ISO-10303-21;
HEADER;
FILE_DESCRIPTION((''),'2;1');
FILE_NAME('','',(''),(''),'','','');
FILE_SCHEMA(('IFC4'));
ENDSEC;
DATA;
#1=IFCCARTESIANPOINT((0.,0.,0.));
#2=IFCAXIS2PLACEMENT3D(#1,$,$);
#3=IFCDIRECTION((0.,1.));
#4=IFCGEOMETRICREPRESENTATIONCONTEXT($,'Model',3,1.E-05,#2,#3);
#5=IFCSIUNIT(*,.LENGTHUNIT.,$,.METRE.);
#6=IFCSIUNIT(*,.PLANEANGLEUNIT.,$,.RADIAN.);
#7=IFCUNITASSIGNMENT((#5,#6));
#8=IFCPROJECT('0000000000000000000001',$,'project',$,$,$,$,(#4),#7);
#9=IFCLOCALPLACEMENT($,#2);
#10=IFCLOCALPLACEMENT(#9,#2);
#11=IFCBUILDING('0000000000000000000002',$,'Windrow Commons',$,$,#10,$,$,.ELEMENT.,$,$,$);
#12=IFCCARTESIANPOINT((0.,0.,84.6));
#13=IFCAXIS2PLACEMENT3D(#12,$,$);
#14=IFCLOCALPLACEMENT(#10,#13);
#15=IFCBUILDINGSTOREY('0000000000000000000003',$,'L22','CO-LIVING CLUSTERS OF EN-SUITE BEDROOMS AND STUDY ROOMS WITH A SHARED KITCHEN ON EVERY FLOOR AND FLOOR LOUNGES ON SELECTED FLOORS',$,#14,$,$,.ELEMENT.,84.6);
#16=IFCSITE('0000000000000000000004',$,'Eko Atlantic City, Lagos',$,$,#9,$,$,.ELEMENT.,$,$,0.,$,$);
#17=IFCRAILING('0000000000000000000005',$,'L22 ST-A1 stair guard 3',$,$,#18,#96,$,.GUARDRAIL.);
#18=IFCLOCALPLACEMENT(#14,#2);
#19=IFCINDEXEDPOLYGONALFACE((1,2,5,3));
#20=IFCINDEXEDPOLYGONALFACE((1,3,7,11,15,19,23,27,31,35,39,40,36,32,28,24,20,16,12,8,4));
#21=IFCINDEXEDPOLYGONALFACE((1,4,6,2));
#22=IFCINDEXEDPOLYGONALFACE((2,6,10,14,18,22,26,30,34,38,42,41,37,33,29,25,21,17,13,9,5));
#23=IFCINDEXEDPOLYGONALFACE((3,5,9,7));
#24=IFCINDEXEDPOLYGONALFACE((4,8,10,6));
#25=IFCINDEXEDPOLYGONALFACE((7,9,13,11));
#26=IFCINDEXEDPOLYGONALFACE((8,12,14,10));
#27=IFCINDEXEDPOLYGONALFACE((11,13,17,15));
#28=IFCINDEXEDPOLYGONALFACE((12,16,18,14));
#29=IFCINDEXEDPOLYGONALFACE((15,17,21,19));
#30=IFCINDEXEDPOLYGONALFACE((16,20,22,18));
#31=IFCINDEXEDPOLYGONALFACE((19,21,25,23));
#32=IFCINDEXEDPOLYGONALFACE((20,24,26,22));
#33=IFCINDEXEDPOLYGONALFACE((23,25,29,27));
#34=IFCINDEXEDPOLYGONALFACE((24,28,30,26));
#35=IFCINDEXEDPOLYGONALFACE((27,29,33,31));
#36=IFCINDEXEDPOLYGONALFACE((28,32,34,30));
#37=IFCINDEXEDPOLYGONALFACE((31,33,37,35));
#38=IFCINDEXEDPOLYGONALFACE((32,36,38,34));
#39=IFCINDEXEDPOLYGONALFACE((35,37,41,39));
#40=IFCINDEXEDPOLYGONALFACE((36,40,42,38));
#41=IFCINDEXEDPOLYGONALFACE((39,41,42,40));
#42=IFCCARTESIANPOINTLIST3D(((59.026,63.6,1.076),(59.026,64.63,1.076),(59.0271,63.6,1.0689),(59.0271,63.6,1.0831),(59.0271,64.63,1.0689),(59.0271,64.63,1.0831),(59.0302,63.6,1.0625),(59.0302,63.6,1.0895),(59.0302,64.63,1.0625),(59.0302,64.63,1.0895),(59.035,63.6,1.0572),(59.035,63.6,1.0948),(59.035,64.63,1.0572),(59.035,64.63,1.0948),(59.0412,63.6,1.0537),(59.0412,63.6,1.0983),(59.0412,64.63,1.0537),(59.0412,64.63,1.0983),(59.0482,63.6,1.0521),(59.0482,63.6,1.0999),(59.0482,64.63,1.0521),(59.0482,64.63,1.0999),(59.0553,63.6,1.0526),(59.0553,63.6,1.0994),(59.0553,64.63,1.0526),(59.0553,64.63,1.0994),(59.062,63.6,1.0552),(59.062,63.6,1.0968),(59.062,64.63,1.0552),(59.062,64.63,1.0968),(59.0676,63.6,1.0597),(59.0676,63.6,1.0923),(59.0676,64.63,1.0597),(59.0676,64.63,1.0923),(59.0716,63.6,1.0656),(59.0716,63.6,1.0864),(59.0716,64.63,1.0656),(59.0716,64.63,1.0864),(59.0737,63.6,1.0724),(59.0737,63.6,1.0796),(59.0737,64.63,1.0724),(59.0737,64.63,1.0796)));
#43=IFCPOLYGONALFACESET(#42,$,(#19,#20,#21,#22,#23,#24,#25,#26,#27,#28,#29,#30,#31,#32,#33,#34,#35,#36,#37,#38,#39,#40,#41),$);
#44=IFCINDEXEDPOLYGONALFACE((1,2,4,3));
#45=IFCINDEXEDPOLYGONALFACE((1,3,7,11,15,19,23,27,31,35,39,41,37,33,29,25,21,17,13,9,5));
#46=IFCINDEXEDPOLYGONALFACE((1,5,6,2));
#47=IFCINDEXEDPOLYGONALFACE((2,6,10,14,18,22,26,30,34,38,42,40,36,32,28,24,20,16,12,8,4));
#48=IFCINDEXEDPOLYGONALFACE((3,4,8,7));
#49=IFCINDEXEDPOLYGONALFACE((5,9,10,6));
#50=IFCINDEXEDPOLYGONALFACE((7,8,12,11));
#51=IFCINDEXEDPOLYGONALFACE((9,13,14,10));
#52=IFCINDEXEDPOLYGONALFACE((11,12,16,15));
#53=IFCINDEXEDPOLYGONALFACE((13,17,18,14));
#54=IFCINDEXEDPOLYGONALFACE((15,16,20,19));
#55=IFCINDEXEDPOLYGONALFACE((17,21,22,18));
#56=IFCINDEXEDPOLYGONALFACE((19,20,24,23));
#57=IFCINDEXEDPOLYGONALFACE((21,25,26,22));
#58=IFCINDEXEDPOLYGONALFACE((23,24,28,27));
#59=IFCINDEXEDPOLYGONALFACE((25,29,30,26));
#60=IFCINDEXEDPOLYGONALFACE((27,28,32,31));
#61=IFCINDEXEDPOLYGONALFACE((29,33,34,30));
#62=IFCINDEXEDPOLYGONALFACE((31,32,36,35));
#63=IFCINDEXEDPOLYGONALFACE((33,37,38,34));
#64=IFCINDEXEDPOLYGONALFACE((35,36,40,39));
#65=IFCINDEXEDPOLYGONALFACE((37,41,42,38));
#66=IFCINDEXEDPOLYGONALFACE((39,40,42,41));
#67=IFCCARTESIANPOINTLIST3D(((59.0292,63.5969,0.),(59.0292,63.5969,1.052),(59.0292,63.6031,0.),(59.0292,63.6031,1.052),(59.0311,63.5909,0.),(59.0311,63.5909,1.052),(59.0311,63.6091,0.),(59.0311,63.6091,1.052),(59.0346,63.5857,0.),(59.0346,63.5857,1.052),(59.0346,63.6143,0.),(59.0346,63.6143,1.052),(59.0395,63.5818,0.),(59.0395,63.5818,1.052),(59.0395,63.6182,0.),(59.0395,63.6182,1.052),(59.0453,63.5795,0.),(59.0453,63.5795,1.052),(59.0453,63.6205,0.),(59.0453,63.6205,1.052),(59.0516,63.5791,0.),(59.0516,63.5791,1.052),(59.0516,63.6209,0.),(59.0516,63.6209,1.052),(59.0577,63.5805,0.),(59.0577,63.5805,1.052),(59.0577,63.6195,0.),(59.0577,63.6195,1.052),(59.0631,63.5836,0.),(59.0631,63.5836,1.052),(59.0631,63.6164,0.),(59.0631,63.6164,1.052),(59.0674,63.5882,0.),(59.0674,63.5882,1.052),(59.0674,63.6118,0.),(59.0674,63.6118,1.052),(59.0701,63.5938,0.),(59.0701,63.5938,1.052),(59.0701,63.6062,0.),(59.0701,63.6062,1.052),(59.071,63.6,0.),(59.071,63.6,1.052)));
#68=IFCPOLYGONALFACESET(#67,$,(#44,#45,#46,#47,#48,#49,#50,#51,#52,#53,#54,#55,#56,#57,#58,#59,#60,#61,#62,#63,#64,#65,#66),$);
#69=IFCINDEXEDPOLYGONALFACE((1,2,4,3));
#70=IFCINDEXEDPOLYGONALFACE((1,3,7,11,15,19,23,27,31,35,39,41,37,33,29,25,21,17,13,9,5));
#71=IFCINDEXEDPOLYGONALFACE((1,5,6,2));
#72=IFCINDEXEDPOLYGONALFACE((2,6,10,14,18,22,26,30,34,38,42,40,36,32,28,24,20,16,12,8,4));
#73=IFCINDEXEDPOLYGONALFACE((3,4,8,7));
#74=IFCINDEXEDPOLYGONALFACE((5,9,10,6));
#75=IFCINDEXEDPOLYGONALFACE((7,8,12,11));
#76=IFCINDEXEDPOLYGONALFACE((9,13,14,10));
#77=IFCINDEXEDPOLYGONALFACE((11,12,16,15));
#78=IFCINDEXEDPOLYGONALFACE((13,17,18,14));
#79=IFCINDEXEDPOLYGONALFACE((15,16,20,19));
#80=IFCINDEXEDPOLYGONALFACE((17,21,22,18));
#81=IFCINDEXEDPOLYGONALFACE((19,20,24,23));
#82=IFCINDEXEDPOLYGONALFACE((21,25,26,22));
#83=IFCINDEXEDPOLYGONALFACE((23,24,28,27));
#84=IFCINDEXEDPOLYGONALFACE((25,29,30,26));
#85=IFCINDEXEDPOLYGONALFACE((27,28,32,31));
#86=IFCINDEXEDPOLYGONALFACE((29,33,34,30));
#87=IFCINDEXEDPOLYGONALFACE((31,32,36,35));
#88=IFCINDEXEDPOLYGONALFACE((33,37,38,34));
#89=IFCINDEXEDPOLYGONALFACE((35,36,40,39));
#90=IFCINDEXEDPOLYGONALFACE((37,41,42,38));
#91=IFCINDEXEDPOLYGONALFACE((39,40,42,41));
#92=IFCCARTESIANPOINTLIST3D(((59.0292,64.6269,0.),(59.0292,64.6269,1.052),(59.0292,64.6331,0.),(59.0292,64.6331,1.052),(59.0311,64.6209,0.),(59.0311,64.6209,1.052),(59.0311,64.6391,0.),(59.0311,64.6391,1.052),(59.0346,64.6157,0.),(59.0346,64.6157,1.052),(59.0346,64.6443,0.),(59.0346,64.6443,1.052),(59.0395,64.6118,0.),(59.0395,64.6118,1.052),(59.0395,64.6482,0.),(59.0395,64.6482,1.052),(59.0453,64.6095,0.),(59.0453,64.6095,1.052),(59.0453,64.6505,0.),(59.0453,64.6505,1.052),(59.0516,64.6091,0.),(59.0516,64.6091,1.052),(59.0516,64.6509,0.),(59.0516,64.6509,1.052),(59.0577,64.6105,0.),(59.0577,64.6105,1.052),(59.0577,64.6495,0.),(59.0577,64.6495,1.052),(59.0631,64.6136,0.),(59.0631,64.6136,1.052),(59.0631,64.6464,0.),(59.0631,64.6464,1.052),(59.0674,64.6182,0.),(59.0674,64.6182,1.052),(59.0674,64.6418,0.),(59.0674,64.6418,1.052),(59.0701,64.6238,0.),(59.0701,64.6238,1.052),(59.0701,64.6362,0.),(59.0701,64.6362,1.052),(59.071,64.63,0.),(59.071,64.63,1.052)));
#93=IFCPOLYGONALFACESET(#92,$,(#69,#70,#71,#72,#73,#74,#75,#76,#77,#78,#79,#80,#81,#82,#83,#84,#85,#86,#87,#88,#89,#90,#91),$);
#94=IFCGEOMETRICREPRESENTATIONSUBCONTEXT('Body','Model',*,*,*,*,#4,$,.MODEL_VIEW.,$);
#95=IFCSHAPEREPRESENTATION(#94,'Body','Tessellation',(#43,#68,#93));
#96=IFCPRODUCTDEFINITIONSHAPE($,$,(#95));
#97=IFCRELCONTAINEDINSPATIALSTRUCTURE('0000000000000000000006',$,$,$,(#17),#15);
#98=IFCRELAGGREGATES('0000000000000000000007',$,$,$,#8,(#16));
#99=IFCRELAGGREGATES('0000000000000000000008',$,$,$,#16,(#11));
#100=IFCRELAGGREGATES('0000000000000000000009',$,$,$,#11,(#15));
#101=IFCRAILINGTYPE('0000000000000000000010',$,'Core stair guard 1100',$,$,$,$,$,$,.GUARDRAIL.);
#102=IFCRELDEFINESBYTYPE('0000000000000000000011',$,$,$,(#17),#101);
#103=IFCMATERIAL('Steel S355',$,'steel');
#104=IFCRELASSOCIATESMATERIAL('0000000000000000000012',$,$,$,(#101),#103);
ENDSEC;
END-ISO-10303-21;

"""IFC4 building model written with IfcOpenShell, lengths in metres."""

from ifc_helpers import new_model, si_unit, direction, frame, origin, origin_2d, place, context, subcontext, project, spatial, circle, extrude, material, type_object, element, save


model = new_model("IFC4")

# Units and contexts
model_context = context("Model", 3, precision=1e-05, world=origin(), true_north=direction((0.0, 1.0)))
body_context = subcontext(model_context, "Body", "Model", "MODEL_VIEW")
ifc_project = project(units=[si_unit("LENGTHUNIT", "METRE"), si_unit("PLANEANGLEUNIT", "RADIAN")], contexts=[model_context])

# Site, building, storey
site_placement = place(None, origin())
site = spatial("IfcSite", under=ifc_project, at=site_placement, Name="Eko Atlantic City, Lagos", CompositionType="ELEMENT", RefElevation=0.0)
building_placement = place(site_placement, origin())
building = spatial("IfcBuilding", under=site, at=building_placement, Name="Windrow Commons", CompositionType="ELEMENT")
storey_placement = place(building_placement, frame((0.0, 0.0, 84.6)))
storey = spatial("IfcBuildingStorey", under=building, at=storey_placement, Name="L22", Description="CO-LIVING CLUSTERS OF EN-SUITE BEDROOMS AND STUDY ROOMS WITH A SHARED KITCHEN ON EVERY FLOOR AND FLOOR LOUNGES ON SELECTED FLOORS", CompositionType="ELEMENT", Elevation=84.6)

# Railing
ifc_material_1 = material(Name="Steel S355", Category="steel")
railing_type_1 = type_object("IfcRailingType", Name="Core stair guard 1100", PredefinedType="GUARDRAIL", material=ifc_material_1)
railing_1_placement = place(storey_placement, frame((59.05, 63.6, 0.0)))
element("IfcRailing", 1, at=railing_1_placement, inside=storey, type_object=railing_type_1, Name="L22 ST-A1 stair guard 3", PredefinedType="GUARDRAIL", context=body_context, shape_type="SweptSolid", body=[
    extrude(circle(Radius=0.024, at=origin_2d()), frame((0.0, 0.0, 1.076), z_axis=(0.0, 1.0, 0.0), x_axis=(-1.0, 0.0, 0.0)), (0.0, 0.0, 1.0), 1.03),
    extrude(circle(Radius=0.021, at=origin_2d()), origin(), (0.0, 0.0, 1.0), 1.052),
    extrude(circle(Radius=0.021, at=origin_2d()), frame((0.0, 1.03, 0.0)), (0.0, 0.0, 1.0), 1.052),
])

save(model, "model.ifc")
